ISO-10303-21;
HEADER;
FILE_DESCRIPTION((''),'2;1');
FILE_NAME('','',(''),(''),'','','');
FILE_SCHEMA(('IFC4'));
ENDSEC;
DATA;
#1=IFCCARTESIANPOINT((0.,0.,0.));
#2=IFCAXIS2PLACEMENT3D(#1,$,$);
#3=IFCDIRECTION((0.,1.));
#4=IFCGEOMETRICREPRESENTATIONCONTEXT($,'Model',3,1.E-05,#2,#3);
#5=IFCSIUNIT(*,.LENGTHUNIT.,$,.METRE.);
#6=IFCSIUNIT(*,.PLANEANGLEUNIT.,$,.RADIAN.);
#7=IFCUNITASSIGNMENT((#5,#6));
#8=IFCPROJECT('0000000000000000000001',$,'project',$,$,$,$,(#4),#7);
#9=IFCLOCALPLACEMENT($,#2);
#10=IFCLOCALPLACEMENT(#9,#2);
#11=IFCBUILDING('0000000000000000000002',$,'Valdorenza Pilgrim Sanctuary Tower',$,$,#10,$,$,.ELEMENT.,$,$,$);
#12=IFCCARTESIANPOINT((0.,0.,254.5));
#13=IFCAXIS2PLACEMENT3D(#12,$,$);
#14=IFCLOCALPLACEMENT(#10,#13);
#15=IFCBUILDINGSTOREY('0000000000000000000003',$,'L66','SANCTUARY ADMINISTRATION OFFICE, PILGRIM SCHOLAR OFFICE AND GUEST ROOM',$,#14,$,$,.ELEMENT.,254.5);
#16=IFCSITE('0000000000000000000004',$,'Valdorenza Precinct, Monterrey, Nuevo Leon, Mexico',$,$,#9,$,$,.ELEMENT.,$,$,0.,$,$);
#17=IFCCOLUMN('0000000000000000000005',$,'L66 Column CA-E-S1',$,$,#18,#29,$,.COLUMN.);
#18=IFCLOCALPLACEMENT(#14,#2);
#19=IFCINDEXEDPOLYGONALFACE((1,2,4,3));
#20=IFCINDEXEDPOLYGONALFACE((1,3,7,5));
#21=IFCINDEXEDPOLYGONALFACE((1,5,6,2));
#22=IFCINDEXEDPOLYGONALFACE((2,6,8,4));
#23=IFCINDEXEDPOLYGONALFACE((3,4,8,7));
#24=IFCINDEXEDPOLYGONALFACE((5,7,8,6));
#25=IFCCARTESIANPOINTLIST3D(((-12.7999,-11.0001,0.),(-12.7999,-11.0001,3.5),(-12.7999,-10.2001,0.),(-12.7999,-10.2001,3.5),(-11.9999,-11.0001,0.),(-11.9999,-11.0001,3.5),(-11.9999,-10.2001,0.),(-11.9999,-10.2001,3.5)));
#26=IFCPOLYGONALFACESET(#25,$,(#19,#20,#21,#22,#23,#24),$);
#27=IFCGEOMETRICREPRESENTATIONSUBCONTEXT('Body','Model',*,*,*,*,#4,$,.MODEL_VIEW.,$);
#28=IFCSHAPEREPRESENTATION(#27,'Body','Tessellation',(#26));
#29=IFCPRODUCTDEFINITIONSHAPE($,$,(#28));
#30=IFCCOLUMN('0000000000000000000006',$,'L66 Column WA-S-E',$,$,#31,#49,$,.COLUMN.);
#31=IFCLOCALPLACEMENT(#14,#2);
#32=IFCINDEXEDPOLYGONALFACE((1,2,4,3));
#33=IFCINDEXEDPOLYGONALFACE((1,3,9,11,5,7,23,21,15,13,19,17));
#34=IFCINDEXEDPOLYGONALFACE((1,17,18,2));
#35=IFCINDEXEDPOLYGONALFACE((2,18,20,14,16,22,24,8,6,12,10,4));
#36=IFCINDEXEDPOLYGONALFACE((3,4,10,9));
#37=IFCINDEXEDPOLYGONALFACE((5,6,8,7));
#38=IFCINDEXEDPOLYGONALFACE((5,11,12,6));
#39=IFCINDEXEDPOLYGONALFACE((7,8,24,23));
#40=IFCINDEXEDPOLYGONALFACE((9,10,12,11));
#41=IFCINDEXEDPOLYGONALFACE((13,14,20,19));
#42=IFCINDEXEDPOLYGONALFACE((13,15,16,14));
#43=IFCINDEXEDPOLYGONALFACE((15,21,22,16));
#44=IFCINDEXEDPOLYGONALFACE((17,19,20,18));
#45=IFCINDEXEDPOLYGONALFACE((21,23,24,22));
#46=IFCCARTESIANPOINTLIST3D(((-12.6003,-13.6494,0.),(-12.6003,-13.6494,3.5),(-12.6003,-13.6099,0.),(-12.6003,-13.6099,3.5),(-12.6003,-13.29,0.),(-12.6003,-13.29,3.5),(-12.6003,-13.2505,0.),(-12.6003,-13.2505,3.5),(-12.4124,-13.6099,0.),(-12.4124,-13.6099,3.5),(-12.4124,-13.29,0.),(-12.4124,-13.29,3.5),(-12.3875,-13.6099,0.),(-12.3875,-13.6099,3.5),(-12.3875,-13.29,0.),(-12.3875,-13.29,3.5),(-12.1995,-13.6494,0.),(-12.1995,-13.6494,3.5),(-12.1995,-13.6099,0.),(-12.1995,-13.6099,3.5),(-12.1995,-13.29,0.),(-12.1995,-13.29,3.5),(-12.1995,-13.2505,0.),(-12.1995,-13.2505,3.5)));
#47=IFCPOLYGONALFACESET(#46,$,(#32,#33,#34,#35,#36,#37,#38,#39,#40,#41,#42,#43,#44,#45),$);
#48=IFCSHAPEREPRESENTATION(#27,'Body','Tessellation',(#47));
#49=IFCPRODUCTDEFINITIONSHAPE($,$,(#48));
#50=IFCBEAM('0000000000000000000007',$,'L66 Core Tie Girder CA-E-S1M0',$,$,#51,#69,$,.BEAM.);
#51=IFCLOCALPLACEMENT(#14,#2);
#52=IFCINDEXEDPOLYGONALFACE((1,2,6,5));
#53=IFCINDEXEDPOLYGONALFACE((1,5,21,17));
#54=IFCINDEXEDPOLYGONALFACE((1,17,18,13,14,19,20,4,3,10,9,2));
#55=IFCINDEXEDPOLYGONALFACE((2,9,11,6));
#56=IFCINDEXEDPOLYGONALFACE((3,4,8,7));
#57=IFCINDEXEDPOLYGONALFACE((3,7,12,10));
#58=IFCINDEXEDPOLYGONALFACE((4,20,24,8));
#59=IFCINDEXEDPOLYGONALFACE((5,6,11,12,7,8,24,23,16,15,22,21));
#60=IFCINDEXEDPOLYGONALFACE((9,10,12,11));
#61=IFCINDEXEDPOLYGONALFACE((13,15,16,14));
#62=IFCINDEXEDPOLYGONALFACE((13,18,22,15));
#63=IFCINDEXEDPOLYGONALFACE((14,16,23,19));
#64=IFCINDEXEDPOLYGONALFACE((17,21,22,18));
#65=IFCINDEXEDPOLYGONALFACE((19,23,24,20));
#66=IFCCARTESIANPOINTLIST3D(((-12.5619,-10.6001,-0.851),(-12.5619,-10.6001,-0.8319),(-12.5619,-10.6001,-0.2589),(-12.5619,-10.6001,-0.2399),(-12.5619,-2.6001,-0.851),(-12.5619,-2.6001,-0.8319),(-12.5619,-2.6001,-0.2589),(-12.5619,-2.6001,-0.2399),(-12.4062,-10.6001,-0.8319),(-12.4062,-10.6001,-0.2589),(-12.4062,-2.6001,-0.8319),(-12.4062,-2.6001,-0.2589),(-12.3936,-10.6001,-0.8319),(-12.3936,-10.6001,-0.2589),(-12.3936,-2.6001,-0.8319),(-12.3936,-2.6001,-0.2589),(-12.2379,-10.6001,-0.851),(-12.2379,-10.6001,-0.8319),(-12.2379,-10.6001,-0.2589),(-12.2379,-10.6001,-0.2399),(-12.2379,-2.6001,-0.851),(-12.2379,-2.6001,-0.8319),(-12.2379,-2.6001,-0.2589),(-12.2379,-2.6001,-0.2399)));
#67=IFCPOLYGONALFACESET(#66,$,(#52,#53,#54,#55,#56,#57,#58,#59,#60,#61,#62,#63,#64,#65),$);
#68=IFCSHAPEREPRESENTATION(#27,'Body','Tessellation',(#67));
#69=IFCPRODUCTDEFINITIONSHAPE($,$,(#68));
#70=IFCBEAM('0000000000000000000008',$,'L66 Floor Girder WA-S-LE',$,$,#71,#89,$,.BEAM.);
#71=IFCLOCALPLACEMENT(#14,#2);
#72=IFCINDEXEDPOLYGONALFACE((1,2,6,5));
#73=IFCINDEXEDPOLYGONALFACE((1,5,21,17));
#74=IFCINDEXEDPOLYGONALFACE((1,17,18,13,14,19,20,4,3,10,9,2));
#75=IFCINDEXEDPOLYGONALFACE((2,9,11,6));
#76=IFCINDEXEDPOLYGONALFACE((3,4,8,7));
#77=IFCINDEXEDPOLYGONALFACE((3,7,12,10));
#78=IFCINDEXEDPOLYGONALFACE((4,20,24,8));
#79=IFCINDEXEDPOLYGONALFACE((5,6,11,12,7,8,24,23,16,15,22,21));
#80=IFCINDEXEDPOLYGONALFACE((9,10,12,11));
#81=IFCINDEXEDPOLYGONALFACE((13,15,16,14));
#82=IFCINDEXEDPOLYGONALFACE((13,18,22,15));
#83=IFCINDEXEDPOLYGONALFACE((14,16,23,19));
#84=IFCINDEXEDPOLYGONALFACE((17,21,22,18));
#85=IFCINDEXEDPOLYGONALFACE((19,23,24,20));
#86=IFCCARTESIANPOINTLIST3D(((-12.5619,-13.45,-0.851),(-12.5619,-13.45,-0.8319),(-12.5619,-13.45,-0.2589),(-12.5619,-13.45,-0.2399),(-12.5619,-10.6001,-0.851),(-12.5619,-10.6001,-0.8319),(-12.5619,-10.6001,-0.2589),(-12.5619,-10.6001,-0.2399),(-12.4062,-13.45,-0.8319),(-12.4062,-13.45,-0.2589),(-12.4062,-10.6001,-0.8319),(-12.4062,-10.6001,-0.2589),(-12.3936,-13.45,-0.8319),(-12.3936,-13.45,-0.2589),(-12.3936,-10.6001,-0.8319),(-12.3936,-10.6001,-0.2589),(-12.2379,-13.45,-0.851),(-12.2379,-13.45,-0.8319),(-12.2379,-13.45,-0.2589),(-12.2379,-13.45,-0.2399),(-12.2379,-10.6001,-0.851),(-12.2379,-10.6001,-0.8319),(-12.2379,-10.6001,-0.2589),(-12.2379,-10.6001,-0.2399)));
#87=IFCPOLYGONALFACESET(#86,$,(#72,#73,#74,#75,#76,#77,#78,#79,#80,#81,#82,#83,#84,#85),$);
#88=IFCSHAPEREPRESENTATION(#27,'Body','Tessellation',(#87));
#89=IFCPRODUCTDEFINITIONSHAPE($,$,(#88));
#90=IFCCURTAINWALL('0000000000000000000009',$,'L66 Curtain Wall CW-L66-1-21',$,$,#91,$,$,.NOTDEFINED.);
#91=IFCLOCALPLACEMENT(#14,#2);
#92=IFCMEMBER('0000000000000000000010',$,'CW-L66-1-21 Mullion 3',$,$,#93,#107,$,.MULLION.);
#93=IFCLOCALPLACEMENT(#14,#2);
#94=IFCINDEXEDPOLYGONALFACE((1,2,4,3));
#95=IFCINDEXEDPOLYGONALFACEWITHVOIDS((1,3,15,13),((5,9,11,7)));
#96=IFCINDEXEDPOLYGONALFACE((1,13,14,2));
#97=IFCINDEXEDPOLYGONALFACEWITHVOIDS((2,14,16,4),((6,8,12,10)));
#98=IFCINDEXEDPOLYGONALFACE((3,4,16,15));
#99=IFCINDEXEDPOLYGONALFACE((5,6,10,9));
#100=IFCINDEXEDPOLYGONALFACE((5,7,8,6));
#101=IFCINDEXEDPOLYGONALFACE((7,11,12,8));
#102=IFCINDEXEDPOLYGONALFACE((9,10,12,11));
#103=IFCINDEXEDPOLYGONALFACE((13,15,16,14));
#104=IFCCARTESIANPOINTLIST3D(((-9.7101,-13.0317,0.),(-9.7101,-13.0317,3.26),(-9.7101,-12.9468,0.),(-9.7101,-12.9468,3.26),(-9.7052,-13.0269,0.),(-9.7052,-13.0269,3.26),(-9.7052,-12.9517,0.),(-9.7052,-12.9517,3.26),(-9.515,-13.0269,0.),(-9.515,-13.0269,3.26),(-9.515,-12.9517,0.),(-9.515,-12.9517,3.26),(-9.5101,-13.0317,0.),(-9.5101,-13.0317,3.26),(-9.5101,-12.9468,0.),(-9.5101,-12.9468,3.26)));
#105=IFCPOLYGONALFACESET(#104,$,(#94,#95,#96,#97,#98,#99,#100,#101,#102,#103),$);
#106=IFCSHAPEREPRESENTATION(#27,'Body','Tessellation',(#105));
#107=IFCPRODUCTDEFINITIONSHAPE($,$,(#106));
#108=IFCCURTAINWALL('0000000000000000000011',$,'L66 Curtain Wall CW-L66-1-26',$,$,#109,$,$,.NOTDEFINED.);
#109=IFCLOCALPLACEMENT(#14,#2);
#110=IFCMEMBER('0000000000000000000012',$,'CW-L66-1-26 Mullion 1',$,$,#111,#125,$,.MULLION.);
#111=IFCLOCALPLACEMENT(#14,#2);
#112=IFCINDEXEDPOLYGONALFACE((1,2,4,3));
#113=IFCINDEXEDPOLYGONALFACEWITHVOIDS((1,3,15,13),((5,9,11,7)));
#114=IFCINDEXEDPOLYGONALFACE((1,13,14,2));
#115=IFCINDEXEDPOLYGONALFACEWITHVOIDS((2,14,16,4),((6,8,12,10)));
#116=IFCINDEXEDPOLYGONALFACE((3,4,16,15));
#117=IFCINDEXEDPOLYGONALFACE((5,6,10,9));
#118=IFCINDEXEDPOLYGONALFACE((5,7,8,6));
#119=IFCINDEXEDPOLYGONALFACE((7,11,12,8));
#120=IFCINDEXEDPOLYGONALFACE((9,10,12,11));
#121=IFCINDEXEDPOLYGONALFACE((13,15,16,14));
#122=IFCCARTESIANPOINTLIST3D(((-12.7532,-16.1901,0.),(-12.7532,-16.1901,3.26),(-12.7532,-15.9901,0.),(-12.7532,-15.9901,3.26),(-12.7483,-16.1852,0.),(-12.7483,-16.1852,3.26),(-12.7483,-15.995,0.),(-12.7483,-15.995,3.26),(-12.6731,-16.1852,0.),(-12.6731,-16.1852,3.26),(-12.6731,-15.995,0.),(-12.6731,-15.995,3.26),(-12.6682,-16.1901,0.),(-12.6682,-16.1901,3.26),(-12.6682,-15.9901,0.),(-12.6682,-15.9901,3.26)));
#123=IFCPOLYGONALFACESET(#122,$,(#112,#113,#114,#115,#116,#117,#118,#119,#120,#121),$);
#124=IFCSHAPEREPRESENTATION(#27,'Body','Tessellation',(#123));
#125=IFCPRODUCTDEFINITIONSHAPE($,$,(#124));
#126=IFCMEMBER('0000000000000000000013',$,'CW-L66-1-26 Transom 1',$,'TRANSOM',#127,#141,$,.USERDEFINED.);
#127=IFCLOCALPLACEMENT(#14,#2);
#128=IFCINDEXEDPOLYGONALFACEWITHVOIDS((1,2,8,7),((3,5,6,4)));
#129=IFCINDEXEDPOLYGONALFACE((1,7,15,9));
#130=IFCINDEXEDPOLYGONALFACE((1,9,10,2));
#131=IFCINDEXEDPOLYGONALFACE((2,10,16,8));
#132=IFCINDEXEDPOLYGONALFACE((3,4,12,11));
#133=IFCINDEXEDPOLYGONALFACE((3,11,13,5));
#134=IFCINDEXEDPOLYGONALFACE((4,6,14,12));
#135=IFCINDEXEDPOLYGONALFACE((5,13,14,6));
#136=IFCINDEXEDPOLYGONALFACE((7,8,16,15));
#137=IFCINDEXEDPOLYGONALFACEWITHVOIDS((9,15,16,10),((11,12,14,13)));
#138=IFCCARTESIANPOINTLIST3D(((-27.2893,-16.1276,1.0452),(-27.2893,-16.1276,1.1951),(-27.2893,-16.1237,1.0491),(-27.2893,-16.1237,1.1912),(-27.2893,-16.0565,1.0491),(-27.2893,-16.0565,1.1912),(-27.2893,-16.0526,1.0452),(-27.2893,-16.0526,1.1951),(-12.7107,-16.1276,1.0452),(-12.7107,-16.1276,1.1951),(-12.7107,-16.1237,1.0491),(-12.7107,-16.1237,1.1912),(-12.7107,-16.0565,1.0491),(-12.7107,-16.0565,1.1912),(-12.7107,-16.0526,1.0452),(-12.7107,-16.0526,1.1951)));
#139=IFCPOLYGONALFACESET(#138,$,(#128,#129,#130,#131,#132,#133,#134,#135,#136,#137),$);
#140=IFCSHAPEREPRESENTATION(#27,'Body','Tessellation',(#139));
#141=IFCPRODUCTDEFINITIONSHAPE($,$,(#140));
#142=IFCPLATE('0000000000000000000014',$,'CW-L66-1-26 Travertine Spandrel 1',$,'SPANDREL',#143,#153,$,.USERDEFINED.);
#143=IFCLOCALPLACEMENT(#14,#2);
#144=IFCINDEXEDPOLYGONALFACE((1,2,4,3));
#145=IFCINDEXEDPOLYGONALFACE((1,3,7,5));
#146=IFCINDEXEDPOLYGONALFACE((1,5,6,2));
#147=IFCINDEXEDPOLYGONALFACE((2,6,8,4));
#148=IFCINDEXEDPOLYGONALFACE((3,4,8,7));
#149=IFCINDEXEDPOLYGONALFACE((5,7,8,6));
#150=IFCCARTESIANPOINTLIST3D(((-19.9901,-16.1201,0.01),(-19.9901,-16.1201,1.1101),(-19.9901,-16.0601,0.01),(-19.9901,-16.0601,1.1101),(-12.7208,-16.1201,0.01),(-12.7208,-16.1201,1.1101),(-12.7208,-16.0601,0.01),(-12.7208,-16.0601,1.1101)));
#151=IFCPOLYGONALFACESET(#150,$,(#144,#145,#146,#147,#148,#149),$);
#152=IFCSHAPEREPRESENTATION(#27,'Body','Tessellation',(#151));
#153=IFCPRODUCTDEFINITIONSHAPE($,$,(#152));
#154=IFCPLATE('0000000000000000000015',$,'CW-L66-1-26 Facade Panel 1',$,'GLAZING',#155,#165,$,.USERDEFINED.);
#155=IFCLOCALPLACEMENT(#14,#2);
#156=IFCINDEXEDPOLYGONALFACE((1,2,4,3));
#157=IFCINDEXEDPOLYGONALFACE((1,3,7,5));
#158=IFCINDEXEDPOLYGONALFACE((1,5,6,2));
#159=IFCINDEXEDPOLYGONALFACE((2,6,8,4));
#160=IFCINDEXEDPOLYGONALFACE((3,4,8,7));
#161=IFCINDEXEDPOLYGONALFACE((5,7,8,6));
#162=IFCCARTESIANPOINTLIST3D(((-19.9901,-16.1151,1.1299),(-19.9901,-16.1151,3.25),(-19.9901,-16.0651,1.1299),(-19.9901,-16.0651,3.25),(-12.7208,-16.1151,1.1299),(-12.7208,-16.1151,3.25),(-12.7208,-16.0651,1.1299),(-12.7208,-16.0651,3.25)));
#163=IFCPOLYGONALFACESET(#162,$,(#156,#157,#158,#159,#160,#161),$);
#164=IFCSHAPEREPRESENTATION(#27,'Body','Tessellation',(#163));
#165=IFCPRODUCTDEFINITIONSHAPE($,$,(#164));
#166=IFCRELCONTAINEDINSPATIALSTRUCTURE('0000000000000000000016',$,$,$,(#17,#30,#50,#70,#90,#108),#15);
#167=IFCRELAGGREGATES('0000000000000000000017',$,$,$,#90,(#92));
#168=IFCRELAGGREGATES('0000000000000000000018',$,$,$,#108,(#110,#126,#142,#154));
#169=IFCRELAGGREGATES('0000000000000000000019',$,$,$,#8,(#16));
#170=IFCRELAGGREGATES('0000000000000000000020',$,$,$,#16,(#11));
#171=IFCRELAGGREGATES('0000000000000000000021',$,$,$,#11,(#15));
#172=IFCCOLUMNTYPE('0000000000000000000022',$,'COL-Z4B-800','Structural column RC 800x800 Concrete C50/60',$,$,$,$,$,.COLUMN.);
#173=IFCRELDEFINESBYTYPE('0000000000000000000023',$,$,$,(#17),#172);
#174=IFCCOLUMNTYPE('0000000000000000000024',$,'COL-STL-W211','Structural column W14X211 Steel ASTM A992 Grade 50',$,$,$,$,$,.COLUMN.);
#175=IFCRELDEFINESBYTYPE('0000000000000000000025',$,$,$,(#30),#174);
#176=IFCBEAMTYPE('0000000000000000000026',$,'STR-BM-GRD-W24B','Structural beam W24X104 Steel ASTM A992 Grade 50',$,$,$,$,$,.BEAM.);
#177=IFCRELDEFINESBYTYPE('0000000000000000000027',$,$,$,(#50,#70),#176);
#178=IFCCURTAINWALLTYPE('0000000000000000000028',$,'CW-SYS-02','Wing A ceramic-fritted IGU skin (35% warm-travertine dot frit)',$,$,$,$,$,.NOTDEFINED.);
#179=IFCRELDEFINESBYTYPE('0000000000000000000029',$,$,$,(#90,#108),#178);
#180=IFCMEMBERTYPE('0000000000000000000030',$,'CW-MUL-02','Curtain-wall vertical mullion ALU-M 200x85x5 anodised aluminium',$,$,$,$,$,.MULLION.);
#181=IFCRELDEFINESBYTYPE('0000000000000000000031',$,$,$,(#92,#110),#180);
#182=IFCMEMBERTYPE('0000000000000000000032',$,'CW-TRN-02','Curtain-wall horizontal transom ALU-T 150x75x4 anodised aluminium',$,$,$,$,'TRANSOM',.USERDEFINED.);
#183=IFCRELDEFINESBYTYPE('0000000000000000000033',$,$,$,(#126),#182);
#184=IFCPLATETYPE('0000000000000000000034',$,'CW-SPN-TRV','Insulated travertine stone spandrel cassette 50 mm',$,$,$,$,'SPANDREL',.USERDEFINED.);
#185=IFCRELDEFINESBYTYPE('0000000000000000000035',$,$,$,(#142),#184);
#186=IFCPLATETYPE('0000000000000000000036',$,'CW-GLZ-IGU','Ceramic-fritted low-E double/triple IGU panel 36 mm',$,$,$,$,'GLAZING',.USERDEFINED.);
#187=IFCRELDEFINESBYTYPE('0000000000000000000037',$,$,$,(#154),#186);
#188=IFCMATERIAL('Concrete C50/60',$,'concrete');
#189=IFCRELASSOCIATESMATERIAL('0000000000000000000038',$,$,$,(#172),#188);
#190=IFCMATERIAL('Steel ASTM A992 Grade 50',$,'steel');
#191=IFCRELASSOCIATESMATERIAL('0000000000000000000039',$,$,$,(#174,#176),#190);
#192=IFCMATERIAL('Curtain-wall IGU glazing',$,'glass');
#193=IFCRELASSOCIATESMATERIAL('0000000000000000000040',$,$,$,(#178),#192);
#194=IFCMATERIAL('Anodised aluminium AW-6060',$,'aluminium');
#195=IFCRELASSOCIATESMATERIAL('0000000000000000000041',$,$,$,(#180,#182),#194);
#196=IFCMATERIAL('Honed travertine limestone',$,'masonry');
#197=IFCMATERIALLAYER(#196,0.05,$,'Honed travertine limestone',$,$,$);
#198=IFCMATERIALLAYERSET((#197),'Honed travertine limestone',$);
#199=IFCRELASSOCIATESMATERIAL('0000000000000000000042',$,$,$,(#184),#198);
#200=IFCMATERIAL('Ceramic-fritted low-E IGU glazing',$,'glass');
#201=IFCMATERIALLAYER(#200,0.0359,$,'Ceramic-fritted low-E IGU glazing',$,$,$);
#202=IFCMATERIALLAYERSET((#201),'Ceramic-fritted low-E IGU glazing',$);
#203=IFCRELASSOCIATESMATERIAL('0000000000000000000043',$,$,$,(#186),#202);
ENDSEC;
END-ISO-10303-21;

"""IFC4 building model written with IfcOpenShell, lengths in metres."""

from ifc_helpers import new_model, si_unit, direction, frame, origin, origin_2d, place, context, subcontext, project, spatial, rectangle, hollow_rectangle, i_section, extrude, source, transform, mapped, material, layer, layer_set, material_profile, profile_set, type_object, element, aggregate, save


model = new_model("IFC4")

# Units and contexts
model_context = context("Model", 3, precision=1e-05, world=origin(), true_north=direction((0.0, 1.0)))
body_context = subcontext(model_context, "Body", "Model", "MODEL_VIEW")
ifc_project = project(units=[si_unit("LENGTHUNIT", "METRE"), si_unit("PLANEANGLEUNIT", "RADIAN")], contexts=[model_context])

# Site, building, storey
site_placement = place(None, origin())
site = spatial("IfcSite", under=ifc_project, at=site_placement, Name="Valdorenza Precinct, Monterrey, Nuevo Leon, Mexico", CompositionType="ELEMENT", RefElevation=0.0)
building_placement = place(site_placement, origin())
building = spatial("IfcBuilding", under=site, at=building_placement, Name="Valdorenza Pilgrim Sanctuary Tower", CompositionType="ELEMENT")
storey_placement = place(building_placement, frame((0.0, 0.0, 254.5)))
storey = spatial("IfcBuildingStorey", under=building, at=storey_placement, Name="L66", Description="SANCTUARY ADMINISTRATION OFFICE, PILGRIM SCHOLAR OFFICE AND GUEST ROOM", CompositionType="ELEMENT", Elevation=254.5)

# Columns
ifc_material_1 = material(Name="Concrete C50/60", Category="concrete")
ifc_material_profile_1 = material_profile(ifc_material_1, rectangle(XDim=0.8, YDim=0.8, at=origin_2d()), Name="RC 800x800")
ifc_profile_set_1 = profile_set([ifc_material_profile_1], Name="Concrete C50/60")
column_type_1 = type_object("IfcColumnType", Name="COL-Z4B-800", Description="Structural column RC 800x800 Concrete C50/60", PredefinedType="COLUMN", material=ifc_profile_set_1)
shared_shape_1 = source(origin(), body_context, "Body", "SweptSolid", [
    extrude(rectangle(XDim=0.8, YDim=0.8, at=origin_2d()), origin(), (0.0, 0.0, 1.0), 3.5),
])
column_1_placement = place(storey_placement, frame((-12.3999, -10.6001, 0.0), z_axis=(0.0, 0.0, 1.0), x_axis=(1.0, 0.0, 0.0)))
element("IfcColumn", 1, at=column_1_placement, inside=storey, type_object=column_type_1, Name="L66 Column CA-E-S1", PredefinedType="COLUMN", context=body_context, shape_type="MappedRepresentation", body=[
    mapped(shared_shape_1, transform((0.0, 0.0, 0.0), x_axis=(1.0, 0.0, 0.0), y_axis=(0.0, 1.0, 0.0), z_axis=(0.0, 0.0, 1.0), scale=1.0)),
])
ifc_material_2 = material(Name="Steel ASTM A992 Grade 50", Category="steel")
ifc_material_profile_2 = material_profile(ifc_material_2, i_section(OverallWidth=0.4009, OverallDepth=0.3989, WebThickness=0.0249, FlangeThickness=0.0396, at=origin_2d()), Name="W14X211")
ifc_profile_set_2 = profile_set([ifc_material_profile_2], Name="Steel ASTM A992 Grade 50")
column_type_2 = type_object("IfcColumnType", Name="COL-STL-W211", Description="Structural column W14X211 Steel ASTM A992 Grade 50", PredefinedType="COLUMN", material=ifc_profile_set_2)
shared_shape_2 = source(origin(), body_context, "Body", "SweptSolid", [
    extrude(i_section(OverallWidth=0.4009, OverallDepth=0.3989, WebThickness=0.0249, FlangeThickness=0.0396, at=origin_2d()), origin(), (0.0, 0.0, 1.0), 3.5),
])
column_2_placement = place(storey_placement, frame((-12.3999, -13.45, 0.0), z_axis=(0.0, 0.0, 1.0), x_axis=(1.0, 0.0, 0.0)))
element("IfcColumn", 2, at=column_2_placement, inside=storey, type_object=column_type_2, Name="L66 Column WA-S-E", PredefinedType="COLUMN", context=body_context, shape_type="MappedRepresentation", body=[
    mapped(shared_shape_2, transform((0.0, 0.0, 0.0), x_axis=(1.0, 0.0, 0.0), y_axis=(0.0, 1.0, 0.0), z_axis=(0.0, 0.0, 1.0), scale=1.0)),
])

# Beams
ifc_material_profile_3 = material_profile(ifc_material_2, i_section(OverallWidth=0.324, OverallDepth=0.6111, WebThickness=0.0127, FlangeThickness=0.019, at=origin_2d()), Name="W24X104")
ifc_profile_set_3 = profile_set([ifc_material_profile_3], Name="Steel ASTM A992 Grade 50")
beam_type = type_object("IfcBeamType", Name="STR-BM-GRD-W24B", Description="Structural beam W24X104 Steel ASTM A992 Grade 50", PredefinedType="BEAM", material=ifc_profile_set_3)
shared_shape_3 = source(origin(), body_context, "Body", "SweptSolid", [
    extrude(i_section(OverallWidth=0.324, OverallDepth=0.6111, WebThickness=0.0127, FlangeThickness=0.019, at=origin_2d()), origin(), (0.0, 0.0, 1.0), 8.0),
])
beam_1_placement = place(storey_placement, frame((-12.3999, -10.6001, -0.5454), z_axis=(0.0, 1.0, 0.0), x_axis=(-1.0, 0.0, 0.0)))
element("IfcBeam", 3, at=beam_1_placement, inside=storey, type_object=beam_type, Name="L66 Core Tie Girder CA-E-S1M0", PredefinedType="BEAM", context=body_context, shape_type="MappedRepresentation", body=[
    mapped(shared_shape_3, transform((0.0, 0.0, 0.0), x_axis=(1.0, 0.0, 0.0), y_axis=(0.0, 1.0, 0.0), z_axis=(0.0, 0.0, 1.0), scale=1.0)),
])
shared_shape_4 = source(origin(), body_context, "Body", "SweptSolid", [
    extrude(i_section(OverallWidth=0.324, OverallDepth=0.6111, WebThickness=0.0127, FlangeThickness=0.019, at=origin_2d()), origin(), (0.0, 0.0, 1.0), 2.8499),
])
beam_2_placement = place(storey_placement, frame((-12.3999, -13.45, -0.5454), z_axis=(0.0, 1.0, 0.0), x_axis=(-1.0, 0.0, 0.0)))
element("IfcBeam", 4, at=beam_2_placement, inside=storey, type_object=beam_type, Name="L66 Floor Girder WA-S-LE", PredefinedType="BEAM", context=body_context, shape_type="MappedRepresentation", body=[
    mapped(shared_shape_4, transform((0.0, 0.0, 0.0), x_axis=(1.0, 0.0, 0.0), y_axis=(0.0, 1.0, 0.0), z_axis=(0.0, 0.0, 1.0), scale=1.0)),
])

# Curtain wall, member
ifc_material_3 = material(Name="Curtain-wall IGU glazing", Category="glass")
curtain_wall_type = type_object("IfcCurtainWallType", Name="CW-SYS-02", Description="Wing A ceramic-fritted IGU skin (35% warm-travertine dot frit)", PredefinedType="NOTDEFINED", material=ifc_material_3)
curtain_wall_1_placement = place(storey_placement, origin())
curtain_wall_1 = element("IfcCurtainWall", 5, at=curtain_wall_1_placement, inside=storey, type_object=curtain_wall_type, Name="L66 Curtain Wall CW-L66-1-21", PredefinedType="NOTDEFINED")
ifc_material_4 = material(Name="Anodised aluminium AW-6060", Category="aluminium")
ifc_material_profile_4 = material_profile(ifc_material_4, hollow_rectangle(XDim=0.085, YDim=0.2, WallThickness=0.0049, at=origin_2d()), Name="ALU-M 200x85x5")
ifc_profile_set_4 = profile_set([ifc_material_profile_4], Name="Anodised aluminium AW-6060")
member_type_1 = type_object("IfcMemberType", Name="CW-MUL-02", Description="Curtain-wall vertical mullion ALU-M 200x85x5 anodised aluminium", PredefinedType="MULLION", material=ifc_profile_set_4)
shared_shape_5 = source(origin(), body_context, "Body", "SweptSolid", [
    extrude(hollow_rectangle(XDim=0.085, YDim=0.2, WallThickness=0.0049, at=origin_2d()), origin(), (0.0, 0.0, 1.0), 3.26),
])
member_1_placement = place(storey_placement, frame((-9.6101, -12.9893, 0.0), z_axis=(0.0, 0.0, 1.0), x_axis=(0.0, -1.0, 0.0)))
member_1 = element("IfcMember", 6, at=member_1_placement, type_object=member_type_1, Name="CW-L66-1-21 Mullion 3", PredefinedType="MULLION", context=body_context, shape_type="MappedRepresentation", body=[
    mapped(shared_shape_5, transform((0.0, 0.0, 0.0), x_axis=(1.0, 0.0, 0.0), y_axis=(0.0, 1.0, 0.0), z_axis=(0.0, 0.0, 1.0), scale=1.0)),
])
aggregate(curtain_wall_1, [member_1])

# Curtain wall, members, plates
curtain_wall_2_placement = place(storey_placement, origin())
curtain_wall_2 = element("IfcCurtainWall", 7, at=curtain_wall_2_placement, inside=storey, type_object=curtain_wall_type, Name="L66 Curtain Wall CW-L66-1-26", PredefinedType="NOTDEFINED")
member_2_placement = place(storey_placement, frame((-12.7107, -16.0901, 0.0), z_axis=(0.0, 0.0, 1.0), x_axis=(-1.0, 0.0, 0.0)))
member_2 = element("IfcMember", 8, at=member_2_placement, type_object=member_type_1, Name="CW-L66-1-26 Mullion 1", PredefinedType="MULLION", context=body_context, shape_type="MappedRepresentation", body=[
    mapped(shared_shape_5, transform((0.0, 0.0, 0.0), x_axis=(1.0, 0.0, 0.0), y_axis=(0.0, 1.0, 0.0), z_axis=(0.0, 0.0, 1.0), scale=1.0)),
])
ifc_material_profile_5 = material_profile(ifc_material_4, hollow_rectangle(XDim=0.075, YDim=0.1499, WallThickness=0.0039, at=origin_2d()), Name="ALU-T 150x75x4")
ifc_profile_set_5 = profile_set([ifc_material_profile_5], Name="Anodised aluminium AW-6060")
member_type_2 = type_object("IfcMemberType", Name="CW-TRN-02", Description="Curtain-wall horizontal transom ALU-T 150x75x4 anodised aluminium", ElementType="TRANSOM", PredefinedType="USERDEFINED", material=ifc_profile_set_5)
shared_shape_6 = source(origin(), body_context, "Body", "SweptSolid", [
    extrude(hollow_rectangle(XDim=0.075, YDim=0.1499, WallThickness=0.0039, at=origin_2d()), origin(), (0.0, 0.0, 1.0), 14.5786),
])
member_3_placement = place(storey_placement, frame((-12.7107, -16.0901, 1.1201), z_axis=(-1.0, 0.0, 0.0), x_axis=(0.0, -1.0, 0.0)))
member_3 = element("IfcMember", 9, at=member_3_placement, type_object=member_type_2, Name="CW-L66-1-26 Transom 1", ObjectType="TRANSOM", PredefinedType="USERDEFINED", context=body_context, shape_type="MappedRepresentation", body=[
    mapped(shared_shape_6, transform((0.0, 0.0, 0.0), x_axis=(1.0, 0.0, 0.0), y_axis=(0.0, 1.0, 0.0), z_axis=(0.0, 0.0, 1.0), scale=1.0)),
])
ifc_material_5 = material(Name="Honed travertine limestone", Category="masonry")
ifc_layer_1 = layer(ifc_material_5, 0.05, Name="Honed travertine limestone")
ifc_layer_set_1 = layer_set([ifc_layer_1], Name="Honed travertine limestone")
plate_type_1 = type_object("IfcPlateType", Name="CW-SPN-TRV", Description="Insulated travertine stone spandrel cassette 50 mm", ElementType="SPANDREL", PredefinedType="USERDEFINED", material=ifc_layer_set_1)
shared_shape_7 = source(origin(), body_context, "Body", "SweptSolid", [
    extrude(rectangle(XDim=7.2693, YDim=0.0601, at=origin_2d()), origin(), (0.0, 0.0, 1.0), 1.1001),
])
plate_1_placement = place(storey_placement, frame((-16.3555, -16.0901, 0.01), z_axis=(0.0, 0.0, 1.0), x_axis=(-1.0, 0.0, 0.0)))
plate_1 = element("IfcPlate", 10, at=plate_1_placement, type_object=plate_type_1, Name="CW-L66-1-26 Travertine Spandrel 1", ObjectType="SPANDREL", PredefinedType="USERDEFINED", context=body_context, shape_type="MappedRepresentation", body=[
    mapped(shared_shape_7, transform((0.0, 0.0, 0.0), x_axis=(1.0, 0.0, 0.0), y_axis=(0.0, 1.0, 0.0), z_axis=(0.0, 0.0, 1.0), scale=1.0)),
])
ifc_material_6 = material(Name="Ceramic-fritted low-E IGU glazing", Category="glass")
ifc_layer_2 = layer(ifc_material_6, 0.0359, Name="Ceramic-fritted low-E IGU glazing")
ifc_layer_set_2 = layer_set([ifc_layer_2], Name="Ceramic-fritted low-E IGU glazing")
plate_type_2 = type_object("IfcPlateType", Name="CW-GLZ-IGU", Description="Ceramic-fritted low-E double/triple IGU panel 36 mm", ElementType="GLAZING", PredefinedType="USERDEFINED", material=ifc_layer_set_2)
shared_shape_8 = source(origin(), body_context, "Body", "SweptSolid", [
    extrude(rectangle(XDim=7.2693, YDim=0.05, at=origin_2d()), origin(), (0.0, 0.0, 1.0), 2.1201),
])
plate_2_placement = place(storey_placement, frame((-16.3555, -16.0901, 1.1299), z_axis=(0.0, 0.0, 1.0), x_axis=(-1.0, 0.0, 0.0)))
plate_2 = element("IfcPlate", 11, at=plate_2_placement, type_object=plate_type_2, Name="CW-L66-1-26 Facade Panel 1", ObjectType="GLAZING", PredefinedType="USERDEFINED", context=body_context, shape_type="MappedRepresentation", body=[
    mapped(shared_shape_8, transform((0.0, 0.0, 0.0), x_axis=(1.0, 0.0, 0.0), y_axis=(0.0, 1.0, 0.0), z_axis=(0.0, 0.0, 1.0), scale=1.0)),
])
aggregate(curtain_wall_2, [member_2, member_3, plate_1, plate_2])

save(model, "model.ifc")
